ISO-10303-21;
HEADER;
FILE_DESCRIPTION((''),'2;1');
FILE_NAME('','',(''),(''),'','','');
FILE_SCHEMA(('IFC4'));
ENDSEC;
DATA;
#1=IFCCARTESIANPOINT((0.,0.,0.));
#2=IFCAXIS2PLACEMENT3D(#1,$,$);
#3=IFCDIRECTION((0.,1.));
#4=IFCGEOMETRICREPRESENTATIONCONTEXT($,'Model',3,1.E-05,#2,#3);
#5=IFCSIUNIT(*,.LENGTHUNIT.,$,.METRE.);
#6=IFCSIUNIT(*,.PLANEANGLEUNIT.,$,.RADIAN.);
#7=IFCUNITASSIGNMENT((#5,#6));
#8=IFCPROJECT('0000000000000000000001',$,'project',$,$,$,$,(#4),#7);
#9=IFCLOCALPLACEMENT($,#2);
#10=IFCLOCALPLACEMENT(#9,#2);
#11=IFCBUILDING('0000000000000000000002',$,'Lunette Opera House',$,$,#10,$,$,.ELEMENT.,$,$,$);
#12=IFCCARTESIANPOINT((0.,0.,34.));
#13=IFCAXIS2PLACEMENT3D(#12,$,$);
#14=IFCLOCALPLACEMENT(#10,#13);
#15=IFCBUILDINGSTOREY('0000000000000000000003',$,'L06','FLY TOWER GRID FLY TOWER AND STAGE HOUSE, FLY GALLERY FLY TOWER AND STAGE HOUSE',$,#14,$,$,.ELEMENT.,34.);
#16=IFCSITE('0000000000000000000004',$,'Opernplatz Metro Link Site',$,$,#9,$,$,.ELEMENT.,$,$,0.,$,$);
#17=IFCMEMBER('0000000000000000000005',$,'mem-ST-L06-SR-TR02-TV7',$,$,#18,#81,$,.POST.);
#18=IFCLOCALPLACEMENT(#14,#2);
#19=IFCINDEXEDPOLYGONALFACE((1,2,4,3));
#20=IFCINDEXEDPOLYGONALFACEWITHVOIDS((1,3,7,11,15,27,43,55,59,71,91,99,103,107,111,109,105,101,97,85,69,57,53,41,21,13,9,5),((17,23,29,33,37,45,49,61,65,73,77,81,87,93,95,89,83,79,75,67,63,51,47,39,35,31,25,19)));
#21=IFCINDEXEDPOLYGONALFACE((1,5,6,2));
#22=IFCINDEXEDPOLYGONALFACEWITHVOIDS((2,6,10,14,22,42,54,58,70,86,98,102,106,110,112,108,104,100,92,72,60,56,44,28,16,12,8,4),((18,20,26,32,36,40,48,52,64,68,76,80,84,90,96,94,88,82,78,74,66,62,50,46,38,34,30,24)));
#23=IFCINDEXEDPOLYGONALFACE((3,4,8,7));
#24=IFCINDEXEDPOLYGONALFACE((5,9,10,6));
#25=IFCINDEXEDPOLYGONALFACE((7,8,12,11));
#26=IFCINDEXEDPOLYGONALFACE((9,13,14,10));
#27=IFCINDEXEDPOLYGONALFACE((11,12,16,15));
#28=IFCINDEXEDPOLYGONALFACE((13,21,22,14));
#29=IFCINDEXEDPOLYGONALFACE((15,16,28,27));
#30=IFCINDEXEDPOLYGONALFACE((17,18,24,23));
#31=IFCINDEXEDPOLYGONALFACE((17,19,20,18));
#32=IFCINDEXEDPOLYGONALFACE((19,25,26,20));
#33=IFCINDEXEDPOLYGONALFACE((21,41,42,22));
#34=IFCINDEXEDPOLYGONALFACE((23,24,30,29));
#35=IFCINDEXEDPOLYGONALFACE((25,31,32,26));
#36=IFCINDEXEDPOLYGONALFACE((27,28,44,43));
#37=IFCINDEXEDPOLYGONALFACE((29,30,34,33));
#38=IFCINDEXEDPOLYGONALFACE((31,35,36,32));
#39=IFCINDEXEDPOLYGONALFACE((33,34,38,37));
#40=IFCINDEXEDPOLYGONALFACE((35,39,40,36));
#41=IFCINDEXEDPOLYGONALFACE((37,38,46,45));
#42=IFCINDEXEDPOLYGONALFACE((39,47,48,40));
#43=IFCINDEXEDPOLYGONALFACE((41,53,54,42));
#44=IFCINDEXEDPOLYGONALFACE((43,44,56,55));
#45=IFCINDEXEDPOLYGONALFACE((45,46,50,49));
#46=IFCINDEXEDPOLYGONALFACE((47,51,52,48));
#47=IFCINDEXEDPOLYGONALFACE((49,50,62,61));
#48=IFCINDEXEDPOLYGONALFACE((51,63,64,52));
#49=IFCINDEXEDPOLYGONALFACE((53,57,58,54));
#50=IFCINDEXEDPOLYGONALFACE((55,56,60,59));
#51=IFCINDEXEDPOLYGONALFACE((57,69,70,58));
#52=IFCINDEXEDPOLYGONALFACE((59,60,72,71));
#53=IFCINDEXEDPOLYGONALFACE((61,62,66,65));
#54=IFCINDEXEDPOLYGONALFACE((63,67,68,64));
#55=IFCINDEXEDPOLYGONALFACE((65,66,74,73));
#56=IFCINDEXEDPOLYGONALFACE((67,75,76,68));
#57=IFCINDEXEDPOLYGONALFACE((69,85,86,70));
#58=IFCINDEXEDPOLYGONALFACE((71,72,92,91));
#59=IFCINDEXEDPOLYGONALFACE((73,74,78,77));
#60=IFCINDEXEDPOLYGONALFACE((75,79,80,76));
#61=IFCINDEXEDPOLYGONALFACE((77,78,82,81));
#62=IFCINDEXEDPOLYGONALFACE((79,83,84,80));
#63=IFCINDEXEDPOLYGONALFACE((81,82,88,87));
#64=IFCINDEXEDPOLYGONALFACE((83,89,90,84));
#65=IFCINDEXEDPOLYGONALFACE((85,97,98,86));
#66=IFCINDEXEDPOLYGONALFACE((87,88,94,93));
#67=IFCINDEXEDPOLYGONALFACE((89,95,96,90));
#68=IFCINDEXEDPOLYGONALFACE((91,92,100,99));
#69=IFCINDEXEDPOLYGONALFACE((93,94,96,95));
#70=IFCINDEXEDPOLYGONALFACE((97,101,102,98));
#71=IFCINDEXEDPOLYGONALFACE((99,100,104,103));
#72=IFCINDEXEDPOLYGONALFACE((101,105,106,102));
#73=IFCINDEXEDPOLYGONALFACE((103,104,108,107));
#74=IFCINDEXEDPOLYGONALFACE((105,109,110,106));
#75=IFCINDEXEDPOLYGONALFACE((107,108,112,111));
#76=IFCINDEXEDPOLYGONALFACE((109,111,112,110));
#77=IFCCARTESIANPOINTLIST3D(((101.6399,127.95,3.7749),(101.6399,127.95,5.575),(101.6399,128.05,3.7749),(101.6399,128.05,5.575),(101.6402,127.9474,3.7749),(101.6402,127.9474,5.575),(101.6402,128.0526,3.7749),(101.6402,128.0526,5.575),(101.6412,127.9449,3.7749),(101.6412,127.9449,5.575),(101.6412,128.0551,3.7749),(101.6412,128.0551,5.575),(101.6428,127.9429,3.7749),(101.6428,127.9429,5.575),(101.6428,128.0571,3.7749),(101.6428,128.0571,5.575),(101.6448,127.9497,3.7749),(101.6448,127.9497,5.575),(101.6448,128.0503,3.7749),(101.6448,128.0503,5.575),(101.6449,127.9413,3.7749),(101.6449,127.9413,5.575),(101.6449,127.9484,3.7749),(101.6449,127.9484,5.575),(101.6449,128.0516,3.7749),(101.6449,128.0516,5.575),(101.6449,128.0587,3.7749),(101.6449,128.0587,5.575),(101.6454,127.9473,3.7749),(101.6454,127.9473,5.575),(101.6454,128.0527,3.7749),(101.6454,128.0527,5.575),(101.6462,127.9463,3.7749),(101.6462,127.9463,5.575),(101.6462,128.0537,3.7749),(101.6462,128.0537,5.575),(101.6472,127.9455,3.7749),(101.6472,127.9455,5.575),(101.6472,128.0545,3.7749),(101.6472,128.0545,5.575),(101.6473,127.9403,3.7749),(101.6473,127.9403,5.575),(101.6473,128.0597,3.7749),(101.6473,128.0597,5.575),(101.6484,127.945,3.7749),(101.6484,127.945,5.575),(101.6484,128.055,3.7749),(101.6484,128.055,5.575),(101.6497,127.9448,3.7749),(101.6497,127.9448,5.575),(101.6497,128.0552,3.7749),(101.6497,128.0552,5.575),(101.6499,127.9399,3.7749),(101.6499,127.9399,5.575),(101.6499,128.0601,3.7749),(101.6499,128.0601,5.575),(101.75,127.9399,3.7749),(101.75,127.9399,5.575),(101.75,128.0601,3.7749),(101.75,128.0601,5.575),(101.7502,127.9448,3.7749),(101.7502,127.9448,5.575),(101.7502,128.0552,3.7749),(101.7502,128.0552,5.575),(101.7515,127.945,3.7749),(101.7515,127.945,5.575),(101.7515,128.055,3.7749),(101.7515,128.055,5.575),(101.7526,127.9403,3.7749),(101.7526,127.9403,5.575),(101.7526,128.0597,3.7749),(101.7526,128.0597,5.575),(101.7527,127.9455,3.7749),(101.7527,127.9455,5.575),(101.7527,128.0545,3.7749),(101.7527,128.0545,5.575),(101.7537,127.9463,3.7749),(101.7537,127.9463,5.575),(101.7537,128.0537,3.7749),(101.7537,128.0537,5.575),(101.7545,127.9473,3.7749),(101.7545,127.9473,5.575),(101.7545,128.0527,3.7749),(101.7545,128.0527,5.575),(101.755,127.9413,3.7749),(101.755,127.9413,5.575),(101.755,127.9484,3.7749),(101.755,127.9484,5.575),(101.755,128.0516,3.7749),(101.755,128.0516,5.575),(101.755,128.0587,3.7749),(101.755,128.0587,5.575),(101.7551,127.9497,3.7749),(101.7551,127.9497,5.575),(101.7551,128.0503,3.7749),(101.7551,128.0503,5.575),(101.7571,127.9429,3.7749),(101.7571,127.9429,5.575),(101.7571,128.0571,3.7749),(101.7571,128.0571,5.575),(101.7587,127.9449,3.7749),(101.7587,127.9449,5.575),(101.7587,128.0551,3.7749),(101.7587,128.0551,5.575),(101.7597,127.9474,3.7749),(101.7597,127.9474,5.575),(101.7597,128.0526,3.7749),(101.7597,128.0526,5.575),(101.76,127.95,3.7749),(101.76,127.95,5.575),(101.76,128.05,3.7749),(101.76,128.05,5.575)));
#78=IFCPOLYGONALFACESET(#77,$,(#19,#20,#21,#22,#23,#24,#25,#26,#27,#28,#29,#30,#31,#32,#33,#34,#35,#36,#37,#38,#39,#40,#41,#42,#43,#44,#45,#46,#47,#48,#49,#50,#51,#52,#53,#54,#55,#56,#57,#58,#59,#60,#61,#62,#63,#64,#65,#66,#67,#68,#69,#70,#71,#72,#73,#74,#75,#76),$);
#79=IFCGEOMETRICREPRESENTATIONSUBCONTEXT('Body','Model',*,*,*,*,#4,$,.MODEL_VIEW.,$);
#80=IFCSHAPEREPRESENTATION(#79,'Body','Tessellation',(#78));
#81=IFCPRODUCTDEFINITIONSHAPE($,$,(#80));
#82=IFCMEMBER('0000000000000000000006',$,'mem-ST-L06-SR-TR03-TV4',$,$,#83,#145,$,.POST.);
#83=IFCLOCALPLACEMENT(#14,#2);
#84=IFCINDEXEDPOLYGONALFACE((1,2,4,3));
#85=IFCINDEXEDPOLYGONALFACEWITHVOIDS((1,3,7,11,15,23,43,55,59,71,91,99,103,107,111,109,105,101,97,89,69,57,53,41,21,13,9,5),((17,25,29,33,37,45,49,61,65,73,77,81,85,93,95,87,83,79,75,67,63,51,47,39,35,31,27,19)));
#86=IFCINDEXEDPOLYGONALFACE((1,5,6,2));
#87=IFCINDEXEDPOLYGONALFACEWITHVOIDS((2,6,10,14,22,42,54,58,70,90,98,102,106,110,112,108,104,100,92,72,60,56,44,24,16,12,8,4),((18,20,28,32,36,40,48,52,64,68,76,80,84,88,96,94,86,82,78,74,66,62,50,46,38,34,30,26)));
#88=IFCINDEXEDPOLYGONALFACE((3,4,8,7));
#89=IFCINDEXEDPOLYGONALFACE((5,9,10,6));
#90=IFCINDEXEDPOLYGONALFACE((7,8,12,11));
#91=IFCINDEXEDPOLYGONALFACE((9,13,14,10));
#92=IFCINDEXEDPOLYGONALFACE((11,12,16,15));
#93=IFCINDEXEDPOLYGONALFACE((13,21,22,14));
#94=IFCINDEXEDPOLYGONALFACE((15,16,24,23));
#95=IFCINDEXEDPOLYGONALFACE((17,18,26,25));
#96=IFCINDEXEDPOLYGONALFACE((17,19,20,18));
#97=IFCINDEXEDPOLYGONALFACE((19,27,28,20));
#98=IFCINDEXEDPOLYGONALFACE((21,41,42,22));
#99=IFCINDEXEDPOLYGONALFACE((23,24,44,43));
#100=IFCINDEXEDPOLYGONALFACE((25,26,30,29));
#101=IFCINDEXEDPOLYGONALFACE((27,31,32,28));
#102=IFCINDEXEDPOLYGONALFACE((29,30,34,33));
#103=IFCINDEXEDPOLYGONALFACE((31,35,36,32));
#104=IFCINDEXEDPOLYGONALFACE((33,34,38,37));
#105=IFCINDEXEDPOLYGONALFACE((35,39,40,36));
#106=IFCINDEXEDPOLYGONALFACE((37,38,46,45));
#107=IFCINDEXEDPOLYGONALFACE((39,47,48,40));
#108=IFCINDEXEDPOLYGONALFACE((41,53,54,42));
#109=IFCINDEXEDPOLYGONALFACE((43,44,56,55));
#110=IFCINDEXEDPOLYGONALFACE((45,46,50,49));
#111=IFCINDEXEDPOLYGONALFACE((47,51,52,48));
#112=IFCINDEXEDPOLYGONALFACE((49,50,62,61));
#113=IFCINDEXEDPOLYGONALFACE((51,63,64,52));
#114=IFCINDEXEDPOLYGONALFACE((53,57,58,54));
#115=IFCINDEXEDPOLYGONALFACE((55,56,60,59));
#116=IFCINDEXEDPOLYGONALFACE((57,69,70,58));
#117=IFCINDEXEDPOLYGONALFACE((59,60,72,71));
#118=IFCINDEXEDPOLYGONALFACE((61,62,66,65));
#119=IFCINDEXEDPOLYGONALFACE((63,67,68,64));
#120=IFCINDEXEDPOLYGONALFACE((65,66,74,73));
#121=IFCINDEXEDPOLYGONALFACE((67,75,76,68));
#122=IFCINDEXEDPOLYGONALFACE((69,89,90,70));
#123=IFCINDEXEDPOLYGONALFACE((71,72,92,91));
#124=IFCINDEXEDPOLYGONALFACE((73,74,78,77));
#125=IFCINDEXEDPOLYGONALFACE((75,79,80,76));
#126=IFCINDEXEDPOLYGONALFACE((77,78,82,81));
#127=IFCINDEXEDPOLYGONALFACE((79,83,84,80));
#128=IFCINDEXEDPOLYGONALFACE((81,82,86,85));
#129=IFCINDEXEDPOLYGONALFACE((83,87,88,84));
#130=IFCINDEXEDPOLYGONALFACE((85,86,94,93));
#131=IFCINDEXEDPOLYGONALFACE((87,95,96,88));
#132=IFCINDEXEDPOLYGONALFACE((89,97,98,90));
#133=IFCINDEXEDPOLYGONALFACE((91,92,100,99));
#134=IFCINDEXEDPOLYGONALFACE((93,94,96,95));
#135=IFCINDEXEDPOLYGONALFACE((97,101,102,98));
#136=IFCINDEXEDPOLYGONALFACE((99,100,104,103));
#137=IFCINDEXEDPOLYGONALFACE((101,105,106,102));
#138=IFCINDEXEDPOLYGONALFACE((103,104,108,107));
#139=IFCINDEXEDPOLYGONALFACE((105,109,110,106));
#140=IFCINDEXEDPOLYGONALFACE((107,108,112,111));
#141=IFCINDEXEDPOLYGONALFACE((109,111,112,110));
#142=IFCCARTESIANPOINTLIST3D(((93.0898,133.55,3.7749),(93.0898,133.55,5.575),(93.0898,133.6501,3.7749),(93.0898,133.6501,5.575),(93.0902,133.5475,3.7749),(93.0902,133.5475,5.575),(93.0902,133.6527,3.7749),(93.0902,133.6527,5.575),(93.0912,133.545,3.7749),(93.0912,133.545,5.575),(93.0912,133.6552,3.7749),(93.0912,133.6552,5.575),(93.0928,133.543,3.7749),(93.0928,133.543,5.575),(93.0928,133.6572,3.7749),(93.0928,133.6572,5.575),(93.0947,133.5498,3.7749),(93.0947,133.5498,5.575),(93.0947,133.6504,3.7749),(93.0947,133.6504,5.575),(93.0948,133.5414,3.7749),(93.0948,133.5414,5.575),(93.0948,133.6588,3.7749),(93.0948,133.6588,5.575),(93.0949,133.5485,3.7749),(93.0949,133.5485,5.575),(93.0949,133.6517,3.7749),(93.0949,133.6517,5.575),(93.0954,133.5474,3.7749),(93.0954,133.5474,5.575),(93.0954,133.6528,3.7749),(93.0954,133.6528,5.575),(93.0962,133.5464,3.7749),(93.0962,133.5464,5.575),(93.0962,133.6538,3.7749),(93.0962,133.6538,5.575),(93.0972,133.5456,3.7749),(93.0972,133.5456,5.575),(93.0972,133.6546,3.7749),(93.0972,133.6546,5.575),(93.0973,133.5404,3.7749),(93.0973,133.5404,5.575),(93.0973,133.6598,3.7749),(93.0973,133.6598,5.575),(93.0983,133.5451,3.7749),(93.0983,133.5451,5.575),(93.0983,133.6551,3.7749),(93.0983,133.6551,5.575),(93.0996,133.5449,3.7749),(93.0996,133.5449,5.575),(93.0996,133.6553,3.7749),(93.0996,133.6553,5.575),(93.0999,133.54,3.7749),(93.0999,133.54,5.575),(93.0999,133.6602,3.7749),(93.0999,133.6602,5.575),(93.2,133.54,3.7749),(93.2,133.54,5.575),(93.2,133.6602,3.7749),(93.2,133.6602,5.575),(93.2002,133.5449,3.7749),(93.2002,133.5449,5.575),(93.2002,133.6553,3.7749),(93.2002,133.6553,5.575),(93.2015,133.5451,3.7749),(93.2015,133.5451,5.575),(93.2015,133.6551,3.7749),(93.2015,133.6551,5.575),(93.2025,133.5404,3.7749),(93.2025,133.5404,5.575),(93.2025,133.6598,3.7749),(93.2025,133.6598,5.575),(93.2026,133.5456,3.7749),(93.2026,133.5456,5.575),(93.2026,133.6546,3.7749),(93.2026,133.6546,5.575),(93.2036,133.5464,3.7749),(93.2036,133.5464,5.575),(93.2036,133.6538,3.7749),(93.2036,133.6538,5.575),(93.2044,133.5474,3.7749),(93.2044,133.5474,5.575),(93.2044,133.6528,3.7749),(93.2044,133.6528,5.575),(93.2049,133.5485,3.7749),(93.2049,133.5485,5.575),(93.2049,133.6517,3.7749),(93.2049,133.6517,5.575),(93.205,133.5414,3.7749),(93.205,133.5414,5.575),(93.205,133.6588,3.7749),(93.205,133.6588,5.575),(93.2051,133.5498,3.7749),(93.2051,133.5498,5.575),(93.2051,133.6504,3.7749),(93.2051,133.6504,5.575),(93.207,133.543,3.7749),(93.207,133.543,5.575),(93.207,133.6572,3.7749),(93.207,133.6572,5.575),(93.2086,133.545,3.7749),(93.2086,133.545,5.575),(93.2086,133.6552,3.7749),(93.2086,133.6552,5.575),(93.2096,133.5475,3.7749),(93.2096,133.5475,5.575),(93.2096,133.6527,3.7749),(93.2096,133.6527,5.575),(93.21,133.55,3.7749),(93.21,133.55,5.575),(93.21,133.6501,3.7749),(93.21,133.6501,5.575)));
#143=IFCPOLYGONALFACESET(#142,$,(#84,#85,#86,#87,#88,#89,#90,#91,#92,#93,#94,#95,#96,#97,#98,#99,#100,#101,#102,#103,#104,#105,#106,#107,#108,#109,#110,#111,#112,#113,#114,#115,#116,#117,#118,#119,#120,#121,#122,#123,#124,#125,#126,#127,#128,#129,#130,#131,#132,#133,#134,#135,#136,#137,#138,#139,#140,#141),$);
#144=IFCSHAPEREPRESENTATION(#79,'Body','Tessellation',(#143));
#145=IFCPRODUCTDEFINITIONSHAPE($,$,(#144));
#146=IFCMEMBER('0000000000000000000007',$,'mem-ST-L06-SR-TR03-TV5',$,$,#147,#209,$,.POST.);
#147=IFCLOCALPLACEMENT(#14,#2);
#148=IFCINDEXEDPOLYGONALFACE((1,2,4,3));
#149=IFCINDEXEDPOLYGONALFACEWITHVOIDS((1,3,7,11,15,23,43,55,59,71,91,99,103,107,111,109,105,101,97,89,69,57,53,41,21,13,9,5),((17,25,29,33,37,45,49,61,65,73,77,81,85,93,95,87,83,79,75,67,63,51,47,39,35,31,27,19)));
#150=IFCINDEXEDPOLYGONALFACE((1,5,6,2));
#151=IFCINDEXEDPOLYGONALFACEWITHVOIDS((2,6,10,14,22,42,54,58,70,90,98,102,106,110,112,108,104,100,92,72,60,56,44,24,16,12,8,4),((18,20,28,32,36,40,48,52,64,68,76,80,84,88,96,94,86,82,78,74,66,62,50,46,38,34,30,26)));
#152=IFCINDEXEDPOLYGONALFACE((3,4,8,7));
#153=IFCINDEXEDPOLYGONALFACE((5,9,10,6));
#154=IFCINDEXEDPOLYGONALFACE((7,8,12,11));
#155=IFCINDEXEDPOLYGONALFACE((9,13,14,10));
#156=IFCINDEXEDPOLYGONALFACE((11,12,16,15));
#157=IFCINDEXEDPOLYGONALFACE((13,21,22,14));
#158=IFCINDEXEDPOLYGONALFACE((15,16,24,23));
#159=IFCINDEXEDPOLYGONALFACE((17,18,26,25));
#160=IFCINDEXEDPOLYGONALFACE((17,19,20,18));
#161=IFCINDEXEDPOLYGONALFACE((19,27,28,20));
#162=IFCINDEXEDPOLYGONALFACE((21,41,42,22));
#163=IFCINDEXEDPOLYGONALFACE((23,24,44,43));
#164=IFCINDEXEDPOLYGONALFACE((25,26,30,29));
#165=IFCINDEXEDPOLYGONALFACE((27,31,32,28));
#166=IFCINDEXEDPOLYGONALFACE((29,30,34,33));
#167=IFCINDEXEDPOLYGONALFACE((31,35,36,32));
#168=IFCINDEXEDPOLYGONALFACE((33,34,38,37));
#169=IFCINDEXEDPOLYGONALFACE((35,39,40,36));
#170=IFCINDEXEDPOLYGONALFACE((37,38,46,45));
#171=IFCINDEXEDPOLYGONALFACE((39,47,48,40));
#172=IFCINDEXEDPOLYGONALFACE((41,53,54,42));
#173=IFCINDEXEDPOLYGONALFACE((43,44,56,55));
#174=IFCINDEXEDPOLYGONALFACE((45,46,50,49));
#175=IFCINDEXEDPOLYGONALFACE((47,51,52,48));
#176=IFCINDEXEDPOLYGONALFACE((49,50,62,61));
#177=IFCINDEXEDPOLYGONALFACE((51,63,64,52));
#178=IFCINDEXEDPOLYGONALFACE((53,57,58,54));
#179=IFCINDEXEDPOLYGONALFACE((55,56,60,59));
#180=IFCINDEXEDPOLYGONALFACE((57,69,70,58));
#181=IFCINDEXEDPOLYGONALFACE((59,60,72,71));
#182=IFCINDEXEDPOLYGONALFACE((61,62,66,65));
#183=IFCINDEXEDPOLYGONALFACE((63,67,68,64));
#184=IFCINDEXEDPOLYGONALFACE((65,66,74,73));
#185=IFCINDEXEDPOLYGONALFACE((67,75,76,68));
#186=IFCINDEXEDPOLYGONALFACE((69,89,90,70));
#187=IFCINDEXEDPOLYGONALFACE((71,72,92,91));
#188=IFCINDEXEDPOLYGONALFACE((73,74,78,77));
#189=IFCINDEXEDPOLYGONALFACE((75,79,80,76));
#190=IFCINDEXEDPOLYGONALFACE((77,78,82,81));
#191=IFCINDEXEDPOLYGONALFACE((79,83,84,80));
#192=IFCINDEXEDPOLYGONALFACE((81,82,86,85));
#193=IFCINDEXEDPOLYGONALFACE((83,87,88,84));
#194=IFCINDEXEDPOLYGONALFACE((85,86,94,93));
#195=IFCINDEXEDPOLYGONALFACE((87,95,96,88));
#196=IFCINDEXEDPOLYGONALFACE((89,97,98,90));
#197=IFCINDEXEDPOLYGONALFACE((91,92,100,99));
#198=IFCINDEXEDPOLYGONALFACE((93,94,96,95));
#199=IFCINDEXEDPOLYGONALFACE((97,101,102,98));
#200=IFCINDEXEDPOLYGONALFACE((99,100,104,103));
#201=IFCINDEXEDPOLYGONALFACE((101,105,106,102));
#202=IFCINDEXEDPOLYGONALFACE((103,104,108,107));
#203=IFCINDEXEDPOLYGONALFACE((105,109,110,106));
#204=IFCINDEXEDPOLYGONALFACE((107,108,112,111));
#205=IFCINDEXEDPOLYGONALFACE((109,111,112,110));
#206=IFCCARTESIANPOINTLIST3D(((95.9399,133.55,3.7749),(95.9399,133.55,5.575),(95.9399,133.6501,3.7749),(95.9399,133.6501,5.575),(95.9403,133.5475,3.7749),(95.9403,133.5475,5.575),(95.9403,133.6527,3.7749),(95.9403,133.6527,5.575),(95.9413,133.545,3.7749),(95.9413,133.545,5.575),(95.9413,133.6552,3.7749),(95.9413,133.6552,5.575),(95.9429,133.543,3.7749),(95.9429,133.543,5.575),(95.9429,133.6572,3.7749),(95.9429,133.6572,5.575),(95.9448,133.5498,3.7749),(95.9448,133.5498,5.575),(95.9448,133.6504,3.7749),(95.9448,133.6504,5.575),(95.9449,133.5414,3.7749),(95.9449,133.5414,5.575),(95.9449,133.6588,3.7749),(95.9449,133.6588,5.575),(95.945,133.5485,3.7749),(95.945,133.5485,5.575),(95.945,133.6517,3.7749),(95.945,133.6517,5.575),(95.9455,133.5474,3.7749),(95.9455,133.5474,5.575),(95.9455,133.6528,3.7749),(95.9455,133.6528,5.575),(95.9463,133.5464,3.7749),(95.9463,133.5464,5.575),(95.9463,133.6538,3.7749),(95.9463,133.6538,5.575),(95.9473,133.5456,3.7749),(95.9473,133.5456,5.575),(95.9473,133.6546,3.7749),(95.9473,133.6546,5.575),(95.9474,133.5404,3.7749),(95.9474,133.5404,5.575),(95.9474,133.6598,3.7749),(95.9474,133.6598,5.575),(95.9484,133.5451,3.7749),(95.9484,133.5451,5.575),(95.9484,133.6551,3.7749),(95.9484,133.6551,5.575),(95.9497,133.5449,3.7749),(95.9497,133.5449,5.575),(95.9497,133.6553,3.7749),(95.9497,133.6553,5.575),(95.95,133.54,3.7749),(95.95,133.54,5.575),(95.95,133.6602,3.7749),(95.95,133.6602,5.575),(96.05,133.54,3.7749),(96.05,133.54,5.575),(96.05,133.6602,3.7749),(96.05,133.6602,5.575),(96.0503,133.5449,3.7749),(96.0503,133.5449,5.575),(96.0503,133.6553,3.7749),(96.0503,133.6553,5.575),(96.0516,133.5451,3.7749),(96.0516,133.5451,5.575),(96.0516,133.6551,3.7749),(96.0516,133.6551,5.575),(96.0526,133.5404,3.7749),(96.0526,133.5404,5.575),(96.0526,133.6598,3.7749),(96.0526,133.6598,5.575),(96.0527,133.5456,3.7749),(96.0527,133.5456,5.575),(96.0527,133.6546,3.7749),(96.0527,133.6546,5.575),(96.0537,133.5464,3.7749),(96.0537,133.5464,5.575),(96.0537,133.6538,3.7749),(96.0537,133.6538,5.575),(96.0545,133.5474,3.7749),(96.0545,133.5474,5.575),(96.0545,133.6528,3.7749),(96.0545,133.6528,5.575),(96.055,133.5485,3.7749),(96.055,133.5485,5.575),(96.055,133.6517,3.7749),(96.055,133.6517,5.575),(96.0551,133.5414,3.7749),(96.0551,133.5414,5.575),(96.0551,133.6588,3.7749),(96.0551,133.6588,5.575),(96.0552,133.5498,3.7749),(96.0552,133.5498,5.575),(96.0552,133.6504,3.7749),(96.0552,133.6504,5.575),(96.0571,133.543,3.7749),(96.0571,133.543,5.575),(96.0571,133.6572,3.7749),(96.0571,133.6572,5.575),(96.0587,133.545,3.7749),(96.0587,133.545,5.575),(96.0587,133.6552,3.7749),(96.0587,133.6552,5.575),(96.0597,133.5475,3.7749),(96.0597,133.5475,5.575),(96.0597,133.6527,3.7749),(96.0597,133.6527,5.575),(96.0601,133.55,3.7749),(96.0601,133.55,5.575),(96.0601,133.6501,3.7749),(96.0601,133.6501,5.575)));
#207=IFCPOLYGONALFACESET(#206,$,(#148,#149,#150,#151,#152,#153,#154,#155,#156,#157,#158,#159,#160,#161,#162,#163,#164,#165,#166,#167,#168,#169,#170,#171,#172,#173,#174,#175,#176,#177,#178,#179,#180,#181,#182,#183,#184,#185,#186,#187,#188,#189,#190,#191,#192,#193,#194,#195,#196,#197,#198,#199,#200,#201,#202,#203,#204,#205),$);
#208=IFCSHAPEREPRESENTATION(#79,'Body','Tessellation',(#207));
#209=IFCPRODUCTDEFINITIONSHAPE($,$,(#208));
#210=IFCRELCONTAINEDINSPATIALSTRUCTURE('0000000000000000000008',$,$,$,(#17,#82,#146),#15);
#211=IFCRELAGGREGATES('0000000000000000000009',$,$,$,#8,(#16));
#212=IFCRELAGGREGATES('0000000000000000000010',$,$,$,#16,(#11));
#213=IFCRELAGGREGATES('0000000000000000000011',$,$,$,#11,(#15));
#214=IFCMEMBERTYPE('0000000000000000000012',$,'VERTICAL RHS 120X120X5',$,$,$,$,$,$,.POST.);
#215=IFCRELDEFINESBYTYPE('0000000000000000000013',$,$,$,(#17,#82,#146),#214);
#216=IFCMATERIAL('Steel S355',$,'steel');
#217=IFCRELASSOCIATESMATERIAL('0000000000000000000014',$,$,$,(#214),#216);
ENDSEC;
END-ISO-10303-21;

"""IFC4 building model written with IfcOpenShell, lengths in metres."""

from ifc_helpers import new_model, si_unit, direction, frame, origin, origin_2d, place, context, subcontext, project, spatial, hollow_rectangle, extrude, material, material_profile, profile_set, type_object, element, save


model = new_model("IFC4")

# Units and contexts
model_context = context("Model", 3, precision=1e-05, world=origin(), true_north=direction((0.0, 1.0)))
body_context = subcontext(model_context, "Body", "Model", "MODEL_VIEW")
ifc_project = project(units=[si_unit("LENGTHUNIT", "METRE"), si_unit("PLANEANGLEUNIT", "RADIAN")], contexts=[model_context])

# Site, building, storey
site_placement = place(None, origin())
site = spatial("IfcSite", under=ifc_project, at=site_placement, Name="Opernplatz Metro Link Site", CompositionType="ELEMENT", RefElevation=0.0)
building_placement = place(site_placement, origin())
building = spatial("IfcBuilding", under=site, at=building_placement, Name="Lunette Opera House", CompositionType="ELEMENT")
storey_placement = place(building_placement, frame((0.0, 0.0, 34.0)))
storey = spatial("IfcBuildingStorey", under=building, at=storey_placement, Name="L06", Description="FLY TOWER GRID FLY TOWER AND STAGE HOUSE, FLY GALLERY FLY TOWER AND STAGE HOUSE", CompositionType="ELEMENT", Elevation=34.0)

# Members
ifc_material_1 = material(Name="Steel S355", Category="steel")
ifc_material_profile_1 = material_profile(ifc_material_1, hollow_rectangle(XDim=0.1201, YDim=0.1201, WallThickness=0.0049, InnerFilletRadius=0.0049, OuterFilletRadius=0.01, at=origin_2d()), Name="RHS 120X120X5")
ifc_profile_set_1 = profile_set([ifc_material_profile_1], Name="Steel S355")
member_type_1 = type_object("IfcMemberType", Name="VERTICAL RHS 120X120X5", PredefinedType="POST", material=ifc_profile_set_1)
for number, where, z_axis, x_axis, name in (
    (1, (101.7, 128.0, 3.7749), (0.0, 0.0, 1.0), (1.0, 0.0, 0.0), "mem-ST-L06-SR-TR02-TV7"),
    (2, (93.1499, 133.6001, 3.7749), (0.0, 0.0, 1.0), (1.0, 0.0, 0.0), "mem-ST-L06-SR-TR03-TV4"),
    (3, (96.0, 133.6001, 3.7749), (0.0, 0.0, 1.0), (1.0, 0.0, 0.0), "mem-ST-L06-SR-TR03-TV5"),
):
    element("IfcMember", number, at=place(storey_placement, frame(where, z_axis=z_axis, x_axis=x_axis)), inside=storey, type_object=member_type_1, Name=name, PredefinedType="POST", context=body_context, shape_type="SweptSolid", body=[
        extrude(hollow_rectangle(XDim=0.1201, YDim=0.1201, WallThickness=0.0049, InnerFilletRadius=0.0049, OuterFilletRadius=0.01, at=origin_2d()), origin(), (0.0, 0.0, 1.0), 1.8),
    ])

save(model, "model.ifc")
